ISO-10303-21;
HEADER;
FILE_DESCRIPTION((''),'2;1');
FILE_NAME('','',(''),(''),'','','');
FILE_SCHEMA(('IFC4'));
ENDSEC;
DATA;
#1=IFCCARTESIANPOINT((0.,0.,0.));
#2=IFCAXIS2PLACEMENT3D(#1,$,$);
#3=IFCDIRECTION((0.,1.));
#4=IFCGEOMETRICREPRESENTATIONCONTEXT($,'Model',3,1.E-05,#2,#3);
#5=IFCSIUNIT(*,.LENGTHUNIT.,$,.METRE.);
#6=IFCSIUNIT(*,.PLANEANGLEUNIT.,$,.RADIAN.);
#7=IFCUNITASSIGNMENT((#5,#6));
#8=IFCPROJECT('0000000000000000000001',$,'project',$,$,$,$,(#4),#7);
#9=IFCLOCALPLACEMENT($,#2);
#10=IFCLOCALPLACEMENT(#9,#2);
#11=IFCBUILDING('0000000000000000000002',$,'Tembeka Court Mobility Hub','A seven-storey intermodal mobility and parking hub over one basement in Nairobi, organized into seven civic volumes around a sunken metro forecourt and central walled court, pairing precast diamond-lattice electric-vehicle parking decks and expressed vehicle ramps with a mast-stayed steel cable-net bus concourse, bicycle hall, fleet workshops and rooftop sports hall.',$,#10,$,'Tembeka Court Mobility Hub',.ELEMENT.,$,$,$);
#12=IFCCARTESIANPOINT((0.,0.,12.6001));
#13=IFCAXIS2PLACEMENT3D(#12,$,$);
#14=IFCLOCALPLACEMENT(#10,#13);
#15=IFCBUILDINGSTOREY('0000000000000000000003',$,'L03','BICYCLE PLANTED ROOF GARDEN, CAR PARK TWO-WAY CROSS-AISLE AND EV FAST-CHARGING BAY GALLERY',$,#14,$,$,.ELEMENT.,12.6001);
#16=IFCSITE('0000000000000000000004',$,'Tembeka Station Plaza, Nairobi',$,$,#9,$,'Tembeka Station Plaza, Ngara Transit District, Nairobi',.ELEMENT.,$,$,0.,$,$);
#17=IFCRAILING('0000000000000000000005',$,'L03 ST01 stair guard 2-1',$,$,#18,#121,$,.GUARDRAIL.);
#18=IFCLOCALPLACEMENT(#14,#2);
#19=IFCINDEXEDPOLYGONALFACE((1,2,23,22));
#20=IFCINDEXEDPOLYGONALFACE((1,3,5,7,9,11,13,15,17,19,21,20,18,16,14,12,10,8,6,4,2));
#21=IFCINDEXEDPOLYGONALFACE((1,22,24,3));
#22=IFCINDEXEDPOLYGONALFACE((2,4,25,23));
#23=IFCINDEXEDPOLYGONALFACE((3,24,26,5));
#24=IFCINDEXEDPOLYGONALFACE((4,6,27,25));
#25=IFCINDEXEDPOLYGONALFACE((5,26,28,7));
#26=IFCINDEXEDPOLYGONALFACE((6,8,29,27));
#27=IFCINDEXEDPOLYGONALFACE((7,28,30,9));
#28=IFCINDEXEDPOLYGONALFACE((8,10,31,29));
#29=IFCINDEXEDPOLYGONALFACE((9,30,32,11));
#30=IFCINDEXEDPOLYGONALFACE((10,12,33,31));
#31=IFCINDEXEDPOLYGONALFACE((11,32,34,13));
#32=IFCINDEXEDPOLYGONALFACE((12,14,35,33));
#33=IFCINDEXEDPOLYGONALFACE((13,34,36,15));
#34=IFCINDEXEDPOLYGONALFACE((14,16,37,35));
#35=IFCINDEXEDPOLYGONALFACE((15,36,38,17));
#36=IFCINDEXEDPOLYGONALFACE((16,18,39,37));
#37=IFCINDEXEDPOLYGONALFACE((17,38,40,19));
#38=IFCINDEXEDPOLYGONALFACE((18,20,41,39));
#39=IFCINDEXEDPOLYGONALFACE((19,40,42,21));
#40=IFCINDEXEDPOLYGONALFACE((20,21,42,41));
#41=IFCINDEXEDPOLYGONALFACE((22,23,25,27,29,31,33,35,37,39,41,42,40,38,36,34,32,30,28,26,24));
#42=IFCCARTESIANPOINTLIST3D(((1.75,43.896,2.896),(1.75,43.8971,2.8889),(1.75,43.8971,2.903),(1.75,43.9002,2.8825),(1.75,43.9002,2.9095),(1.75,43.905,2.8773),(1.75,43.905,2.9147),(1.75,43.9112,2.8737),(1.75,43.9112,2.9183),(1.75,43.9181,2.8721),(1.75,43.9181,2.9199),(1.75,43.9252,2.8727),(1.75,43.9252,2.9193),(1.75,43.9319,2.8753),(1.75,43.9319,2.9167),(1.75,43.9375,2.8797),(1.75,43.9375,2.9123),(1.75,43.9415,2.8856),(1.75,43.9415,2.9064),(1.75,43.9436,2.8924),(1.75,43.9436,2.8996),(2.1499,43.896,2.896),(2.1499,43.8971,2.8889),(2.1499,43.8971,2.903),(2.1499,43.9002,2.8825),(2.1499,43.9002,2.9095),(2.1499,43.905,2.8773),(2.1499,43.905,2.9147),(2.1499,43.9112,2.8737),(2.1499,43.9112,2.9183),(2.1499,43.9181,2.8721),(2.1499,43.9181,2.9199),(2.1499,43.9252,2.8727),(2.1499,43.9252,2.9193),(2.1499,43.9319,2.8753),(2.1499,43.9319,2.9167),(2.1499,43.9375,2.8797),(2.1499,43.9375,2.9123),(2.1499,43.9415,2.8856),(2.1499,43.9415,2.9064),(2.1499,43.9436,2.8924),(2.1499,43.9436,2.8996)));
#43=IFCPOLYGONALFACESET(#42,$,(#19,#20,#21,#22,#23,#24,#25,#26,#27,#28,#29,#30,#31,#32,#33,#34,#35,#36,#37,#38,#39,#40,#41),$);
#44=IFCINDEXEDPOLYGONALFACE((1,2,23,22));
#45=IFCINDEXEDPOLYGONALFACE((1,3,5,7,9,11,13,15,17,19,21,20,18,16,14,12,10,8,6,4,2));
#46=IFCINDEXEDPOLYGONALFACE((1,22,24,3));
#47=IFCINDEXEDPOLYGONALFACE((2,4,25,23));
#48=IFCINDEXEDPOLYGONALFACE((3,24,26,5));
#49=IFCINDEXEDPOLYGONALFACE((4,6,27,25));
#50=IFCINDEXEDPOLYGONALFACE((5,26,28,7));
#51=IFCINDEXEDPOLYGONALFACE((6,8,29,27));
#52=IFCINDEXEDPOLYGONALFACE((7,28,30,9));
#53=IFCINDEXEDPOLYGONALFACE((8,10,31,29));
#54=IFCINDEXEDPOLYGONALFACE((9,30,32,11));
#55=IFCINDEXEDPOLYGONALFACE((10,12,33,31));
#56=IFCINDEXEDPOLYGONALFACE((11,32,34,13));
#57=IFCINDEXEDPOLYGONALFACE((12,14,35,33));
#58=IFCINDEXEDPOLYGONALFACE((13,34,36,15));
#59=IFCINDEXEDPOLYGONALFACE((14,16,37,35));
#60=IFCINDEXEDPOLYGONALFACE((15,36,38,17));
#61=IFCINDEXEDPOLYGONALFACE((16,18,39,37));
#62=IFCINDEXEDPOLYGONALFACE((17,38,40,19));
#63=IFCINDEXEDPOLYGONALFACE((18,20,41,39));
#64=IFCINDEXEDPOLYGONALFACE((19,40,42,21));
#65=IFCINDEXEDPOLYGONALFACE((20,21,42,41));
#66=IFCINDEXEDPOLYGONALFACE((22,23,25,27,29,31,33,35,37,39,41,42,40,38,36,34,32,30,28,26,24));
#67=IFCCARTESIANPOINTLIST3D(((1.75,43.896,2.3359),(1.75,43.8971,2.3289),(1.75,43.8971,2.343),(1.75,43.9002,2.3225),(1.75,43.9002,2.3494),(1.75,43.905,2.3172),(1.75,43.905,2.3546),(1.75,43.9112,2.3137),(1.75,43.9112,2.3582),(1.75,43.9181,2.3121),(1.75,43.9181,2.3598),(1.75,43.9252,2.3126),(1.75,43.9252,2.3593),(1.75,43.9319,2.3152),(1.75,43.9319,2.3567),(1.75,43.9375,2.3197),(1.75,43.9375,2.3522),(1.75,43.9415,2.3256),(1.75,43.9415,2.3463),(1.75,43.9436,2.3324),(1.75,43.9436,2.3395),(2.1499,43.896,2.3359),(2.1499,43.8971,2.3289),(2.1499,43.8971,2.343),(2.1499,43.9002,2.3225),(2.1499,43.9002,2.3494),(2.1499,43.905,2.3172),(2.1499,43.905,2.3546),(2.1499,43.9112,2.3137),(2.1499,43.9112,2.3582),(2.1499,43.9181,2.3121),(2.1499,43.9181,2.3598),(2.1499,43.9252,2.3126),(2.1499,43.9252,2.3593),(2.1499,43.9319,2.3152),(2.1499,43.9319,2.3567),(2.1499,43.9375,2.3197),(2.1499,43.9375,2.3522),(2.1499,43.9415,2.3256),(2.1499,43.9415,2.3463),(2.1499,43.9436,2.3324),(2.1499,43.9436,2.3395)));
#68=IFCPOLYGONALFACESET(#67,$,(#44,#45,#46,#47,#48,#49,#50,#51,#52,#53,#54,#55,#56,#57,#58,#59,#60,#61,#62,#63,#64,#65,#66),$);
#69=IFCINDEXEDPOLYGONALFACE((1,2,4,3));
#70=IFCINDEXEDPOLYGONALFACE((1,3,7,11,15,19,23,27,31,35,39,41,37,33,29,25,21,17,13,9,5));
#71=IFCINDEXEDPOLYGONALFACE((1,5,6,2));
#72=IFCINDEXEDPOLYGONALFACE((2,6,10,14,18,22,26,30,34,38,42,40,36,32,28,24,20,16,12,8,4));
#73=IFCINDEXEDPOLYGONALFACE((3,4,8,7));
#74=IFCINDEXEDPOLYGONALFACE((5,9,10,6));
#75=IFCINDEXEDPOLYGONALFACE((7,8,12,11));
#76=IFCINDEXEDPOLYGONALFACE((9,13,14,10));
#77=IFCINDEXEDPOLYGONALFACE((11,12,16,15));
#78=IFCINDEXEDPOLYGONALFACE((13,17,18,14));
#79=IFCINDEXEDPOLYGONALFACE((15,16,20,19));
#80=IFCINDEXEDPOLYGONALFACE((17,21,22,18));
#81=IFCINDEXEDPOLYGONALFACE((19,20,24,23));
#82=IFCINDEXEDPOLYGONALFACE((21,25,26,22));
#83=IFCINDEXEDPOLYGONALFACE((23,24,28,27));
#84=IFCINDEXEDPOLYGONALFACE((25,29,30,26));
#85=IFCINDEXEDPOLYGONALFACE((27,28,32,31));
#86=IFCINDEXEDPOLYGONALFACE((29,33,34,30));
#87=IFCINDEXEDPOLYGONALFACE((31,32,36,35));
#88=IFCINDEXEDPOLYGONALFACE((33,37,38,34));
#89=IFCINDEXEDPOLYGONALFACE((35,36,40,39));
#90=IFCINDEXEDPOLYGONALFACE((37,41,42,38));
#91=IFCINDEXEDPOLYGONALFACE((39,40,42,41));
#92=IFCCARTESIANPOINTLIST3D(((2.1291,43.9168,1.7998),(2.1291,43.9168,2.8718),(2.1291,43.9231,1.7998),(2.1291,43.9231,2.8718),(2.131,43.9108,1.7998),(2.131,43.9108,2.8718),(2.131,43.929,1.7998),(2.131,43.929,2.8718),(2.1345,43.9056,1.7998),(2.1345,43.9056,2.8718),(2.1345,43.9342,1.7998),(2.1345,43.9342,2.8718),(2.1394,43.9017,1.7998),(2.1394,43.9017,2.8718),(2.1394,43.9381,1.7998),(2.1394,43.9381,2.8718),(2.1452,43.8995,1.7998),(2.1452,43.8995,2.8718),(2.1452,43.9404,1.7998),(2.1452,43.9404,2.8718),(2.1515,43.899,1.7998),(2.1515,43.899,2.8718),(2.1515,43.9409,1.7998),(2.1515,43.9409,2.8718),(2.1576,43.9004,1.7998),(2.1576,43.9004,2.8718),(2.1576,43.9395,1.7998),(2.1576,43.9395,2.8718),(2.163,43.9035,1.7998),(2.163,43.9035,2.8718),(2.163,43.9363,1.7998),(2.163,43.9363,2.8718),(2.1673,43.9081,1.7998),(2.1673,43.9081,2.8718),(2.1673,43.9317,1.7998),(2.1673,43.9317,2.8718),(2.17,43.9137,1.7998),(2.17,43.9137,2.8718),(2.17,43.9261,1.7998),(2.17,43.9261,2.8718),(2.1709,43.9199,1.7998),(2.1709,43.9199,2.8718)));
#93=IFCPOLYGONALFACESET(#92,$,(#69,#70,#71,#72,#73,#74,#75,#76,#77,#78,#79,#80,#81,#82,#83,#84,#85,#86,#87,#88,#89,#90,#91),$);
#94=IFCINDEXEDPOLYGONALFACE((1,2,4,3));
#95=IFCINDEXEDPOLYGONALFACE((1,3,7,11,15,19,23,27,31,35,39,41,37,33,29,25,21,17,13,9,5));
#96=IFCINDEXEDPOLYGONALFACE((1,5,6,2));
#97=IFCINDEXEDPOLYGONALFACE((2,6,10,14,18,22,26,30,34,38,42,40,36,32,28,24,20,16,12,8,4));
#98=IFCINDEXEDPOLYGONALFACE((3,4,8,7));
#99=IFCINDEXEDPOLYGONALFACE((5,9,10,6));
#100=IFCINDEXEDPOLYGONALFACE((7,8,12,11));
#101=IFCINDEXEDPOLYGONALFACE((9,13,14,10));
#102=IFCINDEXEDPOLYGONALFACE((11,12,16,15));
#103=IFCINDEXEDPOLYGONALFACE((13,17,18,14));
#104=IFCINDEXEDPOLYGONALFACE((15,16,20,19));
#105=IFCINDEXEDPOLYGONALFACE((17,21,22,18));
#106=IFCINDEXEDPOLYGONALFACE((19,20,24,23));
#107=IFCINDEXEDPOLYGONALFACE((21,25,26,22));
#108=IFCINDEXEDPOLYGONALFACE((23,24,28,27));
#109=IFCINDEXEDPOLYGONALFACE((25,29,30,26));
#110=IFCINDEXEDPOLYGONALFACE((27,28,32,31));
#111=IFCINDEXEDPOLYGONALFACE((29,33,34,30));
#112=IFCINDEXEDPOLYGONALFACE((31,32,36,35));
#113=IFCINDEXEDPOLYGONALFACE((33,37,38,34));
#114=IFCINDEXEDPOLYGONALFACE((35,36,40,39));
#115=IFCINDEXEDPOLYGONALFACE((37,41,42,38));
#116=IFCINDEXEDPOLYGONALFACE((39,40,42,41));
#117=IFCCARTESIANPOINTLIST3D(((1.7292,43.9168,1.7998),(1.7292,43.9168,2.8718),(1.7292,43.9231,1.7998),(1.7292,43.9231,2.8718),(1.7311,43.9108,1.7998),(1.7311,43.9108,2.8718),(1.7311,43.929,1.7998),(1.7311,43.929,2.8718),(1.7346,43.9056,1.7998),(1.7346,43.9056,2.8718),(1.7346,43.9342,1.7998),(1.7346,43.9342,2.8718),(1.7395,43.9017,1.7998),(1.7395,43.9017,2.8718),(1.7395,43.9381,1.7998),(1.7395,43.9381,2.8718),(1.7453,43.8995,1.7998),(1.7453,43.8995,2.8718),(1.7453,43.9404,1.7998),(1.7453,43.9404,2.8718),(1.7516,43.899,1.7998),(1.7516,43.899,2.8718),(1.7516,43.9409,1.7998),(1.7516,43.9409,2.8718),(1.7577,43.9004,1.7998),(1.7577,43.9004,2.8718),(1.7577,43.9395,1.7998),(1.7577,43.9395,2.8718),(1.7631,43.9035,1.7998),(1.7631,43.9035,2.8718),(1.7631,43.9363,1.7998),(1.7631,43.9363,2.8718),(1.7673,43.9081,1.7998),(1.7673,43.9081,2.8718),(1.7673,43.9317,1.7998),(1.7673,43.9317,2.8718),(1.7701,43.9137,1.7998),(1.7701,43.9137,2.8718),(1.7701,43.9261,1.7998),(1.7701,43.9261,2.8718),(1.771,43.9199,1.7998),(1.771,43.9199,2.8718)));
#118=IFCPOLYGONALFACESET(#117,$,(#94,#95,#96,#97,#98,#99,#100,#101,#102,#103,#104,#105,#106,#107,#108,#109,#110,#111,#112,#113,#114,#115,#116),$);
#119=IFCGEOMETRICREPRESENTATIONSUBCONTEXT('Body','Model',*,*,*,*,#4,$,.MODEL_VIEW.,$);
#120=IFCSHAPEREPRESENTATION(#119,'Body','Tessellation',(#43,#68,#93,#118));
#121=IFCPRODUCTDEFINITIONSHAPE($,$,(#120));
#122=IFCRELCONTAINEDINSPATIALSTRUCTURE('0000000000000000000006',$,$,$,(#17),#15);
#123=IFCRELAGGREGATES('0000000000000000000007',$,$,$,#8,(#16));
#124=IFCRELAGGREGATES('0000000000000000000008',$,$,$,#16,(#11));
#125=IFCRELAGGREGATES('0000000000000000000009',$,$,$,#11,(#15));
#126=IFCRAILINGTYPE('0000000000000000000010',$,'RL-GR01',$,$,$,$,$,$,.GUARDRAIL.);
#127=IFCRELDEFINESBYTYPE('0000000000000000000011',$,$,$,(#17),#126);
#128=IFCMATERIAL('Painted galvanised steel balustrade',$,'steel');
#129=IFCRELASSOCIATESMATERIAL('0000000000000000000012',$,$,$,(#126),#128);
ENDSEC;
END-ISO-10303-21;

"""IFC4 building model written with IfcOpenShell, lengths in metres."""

from ifc_helpers import new_model, si_unit, direction, frame, origin, origin_2d, place, context, subcontext, project, spatial, circle, extrude, material, type_object, element, save


model = new_model("IFC4")

# Units and contexts
model_context = context("Model", 3, precision=1e-05, world=origin(), true_north=direction((0.0, 1.0)))
body_context = subcontext(model_context, "Body", "Model", "MODEL_VIEW")
ifc_project = project(units=[si_unit("LENGTHUNIT", "METRE"), si_unit("PLANEANGLEUNIT", "RADIAN")], contexts=[model_context])

# Site, building, storey
site_placement = place(None, origin())
site = spatial("IfcSite", under=ifc_project, at=site_placement, Name="Tembeka Station Plaza, Nairobi", LongName="Tembeka Station Plaza, Ngara Transit District, Nairobi", CompositionType="ELEMENT", RefElevation=0.0)
building_placement = place(site_placement, origin())
building = spatial("IfcBuilding", under=site, at=building_placement, Name="Tembeka Court Mobility Hub", Description="A seven-storey intermodal mobility and parking hub over one basement in Nairobi, organized into seven civic volumes around a sunken metro forecourt and central walled court, pairing precast diamond-lattice electric-vehicle parking decks and expressed vehicle ramps with a mast-stayed steel cable-net bus concourse, bicycle hall, fleet workshops and rooftop sports hall.", LongName="Tembeka Court Mobility Hub", CompositionType="ELEMENT")
storey_placement = place(building_placement, frame((0.0, 0.0, 12.6001)))
storey = spatial("IfcBuildingStorey", under=building, at=storey_placement, Name="L03", Description="BICYCLE PLANTED ROOF GARDEN, CAR PARK TWO-WAY CROSS-AISLE AND EV FAST-CHARGING BAY GALLERY", CompositionType="ELEMENT", Elevation=12.6001)

# Railing
ifc_material_1 = material(Name="Painted galvanised steel balustrade", Category="steel")
railing_type_1 = type_object("IfcRailingType", Name="RL-GR01", PredefinedType="GUARDRAIL", material=ifc_material_1)
railing_1_placement = place(storey_placement, frame((2.1499, 43.9199, 1.7998)))
element("IfcRailing", 1, at=railing_1_placement, inside=storey, type_object=railing_type_1, Name="L03 ST01 stair guard 2-1", PredefinedType="GUARDRAIL", context=body_context, shape_type="SweptSolid", body=[
    extrude(circle(Radius=0.0239, at=origin_2d()), frame((0.0, 0.0, 1.0962), z_axis=(-1.0, 0.0, 0.0), x_axis=(0.0, -1.0, 0.0)), (0.0, 0.0, 1.0), 0.3999),
    extrude(circle(Radius=0.0239, at=origin_2d()), frame((0.0, 0.0, 0.5361), z_axis=(-1.0, 0.0, 0.0), x_axis=(0.0, -1.0, 0.0)), (0.0, 0.0, 1.0), 0.3999),
    extrude(circle(Radius=0.021, at=origin_2d()), origin(), (0.0, 0.0, 1.0), 1.072),
    extrude(circle(Radius=0.021, at=origin_2d()), frame((-0.3999, 0.0, 0.0)), (0.0, 0.0, 1.0), 1.072),
])

save(model, "model.ifc")
